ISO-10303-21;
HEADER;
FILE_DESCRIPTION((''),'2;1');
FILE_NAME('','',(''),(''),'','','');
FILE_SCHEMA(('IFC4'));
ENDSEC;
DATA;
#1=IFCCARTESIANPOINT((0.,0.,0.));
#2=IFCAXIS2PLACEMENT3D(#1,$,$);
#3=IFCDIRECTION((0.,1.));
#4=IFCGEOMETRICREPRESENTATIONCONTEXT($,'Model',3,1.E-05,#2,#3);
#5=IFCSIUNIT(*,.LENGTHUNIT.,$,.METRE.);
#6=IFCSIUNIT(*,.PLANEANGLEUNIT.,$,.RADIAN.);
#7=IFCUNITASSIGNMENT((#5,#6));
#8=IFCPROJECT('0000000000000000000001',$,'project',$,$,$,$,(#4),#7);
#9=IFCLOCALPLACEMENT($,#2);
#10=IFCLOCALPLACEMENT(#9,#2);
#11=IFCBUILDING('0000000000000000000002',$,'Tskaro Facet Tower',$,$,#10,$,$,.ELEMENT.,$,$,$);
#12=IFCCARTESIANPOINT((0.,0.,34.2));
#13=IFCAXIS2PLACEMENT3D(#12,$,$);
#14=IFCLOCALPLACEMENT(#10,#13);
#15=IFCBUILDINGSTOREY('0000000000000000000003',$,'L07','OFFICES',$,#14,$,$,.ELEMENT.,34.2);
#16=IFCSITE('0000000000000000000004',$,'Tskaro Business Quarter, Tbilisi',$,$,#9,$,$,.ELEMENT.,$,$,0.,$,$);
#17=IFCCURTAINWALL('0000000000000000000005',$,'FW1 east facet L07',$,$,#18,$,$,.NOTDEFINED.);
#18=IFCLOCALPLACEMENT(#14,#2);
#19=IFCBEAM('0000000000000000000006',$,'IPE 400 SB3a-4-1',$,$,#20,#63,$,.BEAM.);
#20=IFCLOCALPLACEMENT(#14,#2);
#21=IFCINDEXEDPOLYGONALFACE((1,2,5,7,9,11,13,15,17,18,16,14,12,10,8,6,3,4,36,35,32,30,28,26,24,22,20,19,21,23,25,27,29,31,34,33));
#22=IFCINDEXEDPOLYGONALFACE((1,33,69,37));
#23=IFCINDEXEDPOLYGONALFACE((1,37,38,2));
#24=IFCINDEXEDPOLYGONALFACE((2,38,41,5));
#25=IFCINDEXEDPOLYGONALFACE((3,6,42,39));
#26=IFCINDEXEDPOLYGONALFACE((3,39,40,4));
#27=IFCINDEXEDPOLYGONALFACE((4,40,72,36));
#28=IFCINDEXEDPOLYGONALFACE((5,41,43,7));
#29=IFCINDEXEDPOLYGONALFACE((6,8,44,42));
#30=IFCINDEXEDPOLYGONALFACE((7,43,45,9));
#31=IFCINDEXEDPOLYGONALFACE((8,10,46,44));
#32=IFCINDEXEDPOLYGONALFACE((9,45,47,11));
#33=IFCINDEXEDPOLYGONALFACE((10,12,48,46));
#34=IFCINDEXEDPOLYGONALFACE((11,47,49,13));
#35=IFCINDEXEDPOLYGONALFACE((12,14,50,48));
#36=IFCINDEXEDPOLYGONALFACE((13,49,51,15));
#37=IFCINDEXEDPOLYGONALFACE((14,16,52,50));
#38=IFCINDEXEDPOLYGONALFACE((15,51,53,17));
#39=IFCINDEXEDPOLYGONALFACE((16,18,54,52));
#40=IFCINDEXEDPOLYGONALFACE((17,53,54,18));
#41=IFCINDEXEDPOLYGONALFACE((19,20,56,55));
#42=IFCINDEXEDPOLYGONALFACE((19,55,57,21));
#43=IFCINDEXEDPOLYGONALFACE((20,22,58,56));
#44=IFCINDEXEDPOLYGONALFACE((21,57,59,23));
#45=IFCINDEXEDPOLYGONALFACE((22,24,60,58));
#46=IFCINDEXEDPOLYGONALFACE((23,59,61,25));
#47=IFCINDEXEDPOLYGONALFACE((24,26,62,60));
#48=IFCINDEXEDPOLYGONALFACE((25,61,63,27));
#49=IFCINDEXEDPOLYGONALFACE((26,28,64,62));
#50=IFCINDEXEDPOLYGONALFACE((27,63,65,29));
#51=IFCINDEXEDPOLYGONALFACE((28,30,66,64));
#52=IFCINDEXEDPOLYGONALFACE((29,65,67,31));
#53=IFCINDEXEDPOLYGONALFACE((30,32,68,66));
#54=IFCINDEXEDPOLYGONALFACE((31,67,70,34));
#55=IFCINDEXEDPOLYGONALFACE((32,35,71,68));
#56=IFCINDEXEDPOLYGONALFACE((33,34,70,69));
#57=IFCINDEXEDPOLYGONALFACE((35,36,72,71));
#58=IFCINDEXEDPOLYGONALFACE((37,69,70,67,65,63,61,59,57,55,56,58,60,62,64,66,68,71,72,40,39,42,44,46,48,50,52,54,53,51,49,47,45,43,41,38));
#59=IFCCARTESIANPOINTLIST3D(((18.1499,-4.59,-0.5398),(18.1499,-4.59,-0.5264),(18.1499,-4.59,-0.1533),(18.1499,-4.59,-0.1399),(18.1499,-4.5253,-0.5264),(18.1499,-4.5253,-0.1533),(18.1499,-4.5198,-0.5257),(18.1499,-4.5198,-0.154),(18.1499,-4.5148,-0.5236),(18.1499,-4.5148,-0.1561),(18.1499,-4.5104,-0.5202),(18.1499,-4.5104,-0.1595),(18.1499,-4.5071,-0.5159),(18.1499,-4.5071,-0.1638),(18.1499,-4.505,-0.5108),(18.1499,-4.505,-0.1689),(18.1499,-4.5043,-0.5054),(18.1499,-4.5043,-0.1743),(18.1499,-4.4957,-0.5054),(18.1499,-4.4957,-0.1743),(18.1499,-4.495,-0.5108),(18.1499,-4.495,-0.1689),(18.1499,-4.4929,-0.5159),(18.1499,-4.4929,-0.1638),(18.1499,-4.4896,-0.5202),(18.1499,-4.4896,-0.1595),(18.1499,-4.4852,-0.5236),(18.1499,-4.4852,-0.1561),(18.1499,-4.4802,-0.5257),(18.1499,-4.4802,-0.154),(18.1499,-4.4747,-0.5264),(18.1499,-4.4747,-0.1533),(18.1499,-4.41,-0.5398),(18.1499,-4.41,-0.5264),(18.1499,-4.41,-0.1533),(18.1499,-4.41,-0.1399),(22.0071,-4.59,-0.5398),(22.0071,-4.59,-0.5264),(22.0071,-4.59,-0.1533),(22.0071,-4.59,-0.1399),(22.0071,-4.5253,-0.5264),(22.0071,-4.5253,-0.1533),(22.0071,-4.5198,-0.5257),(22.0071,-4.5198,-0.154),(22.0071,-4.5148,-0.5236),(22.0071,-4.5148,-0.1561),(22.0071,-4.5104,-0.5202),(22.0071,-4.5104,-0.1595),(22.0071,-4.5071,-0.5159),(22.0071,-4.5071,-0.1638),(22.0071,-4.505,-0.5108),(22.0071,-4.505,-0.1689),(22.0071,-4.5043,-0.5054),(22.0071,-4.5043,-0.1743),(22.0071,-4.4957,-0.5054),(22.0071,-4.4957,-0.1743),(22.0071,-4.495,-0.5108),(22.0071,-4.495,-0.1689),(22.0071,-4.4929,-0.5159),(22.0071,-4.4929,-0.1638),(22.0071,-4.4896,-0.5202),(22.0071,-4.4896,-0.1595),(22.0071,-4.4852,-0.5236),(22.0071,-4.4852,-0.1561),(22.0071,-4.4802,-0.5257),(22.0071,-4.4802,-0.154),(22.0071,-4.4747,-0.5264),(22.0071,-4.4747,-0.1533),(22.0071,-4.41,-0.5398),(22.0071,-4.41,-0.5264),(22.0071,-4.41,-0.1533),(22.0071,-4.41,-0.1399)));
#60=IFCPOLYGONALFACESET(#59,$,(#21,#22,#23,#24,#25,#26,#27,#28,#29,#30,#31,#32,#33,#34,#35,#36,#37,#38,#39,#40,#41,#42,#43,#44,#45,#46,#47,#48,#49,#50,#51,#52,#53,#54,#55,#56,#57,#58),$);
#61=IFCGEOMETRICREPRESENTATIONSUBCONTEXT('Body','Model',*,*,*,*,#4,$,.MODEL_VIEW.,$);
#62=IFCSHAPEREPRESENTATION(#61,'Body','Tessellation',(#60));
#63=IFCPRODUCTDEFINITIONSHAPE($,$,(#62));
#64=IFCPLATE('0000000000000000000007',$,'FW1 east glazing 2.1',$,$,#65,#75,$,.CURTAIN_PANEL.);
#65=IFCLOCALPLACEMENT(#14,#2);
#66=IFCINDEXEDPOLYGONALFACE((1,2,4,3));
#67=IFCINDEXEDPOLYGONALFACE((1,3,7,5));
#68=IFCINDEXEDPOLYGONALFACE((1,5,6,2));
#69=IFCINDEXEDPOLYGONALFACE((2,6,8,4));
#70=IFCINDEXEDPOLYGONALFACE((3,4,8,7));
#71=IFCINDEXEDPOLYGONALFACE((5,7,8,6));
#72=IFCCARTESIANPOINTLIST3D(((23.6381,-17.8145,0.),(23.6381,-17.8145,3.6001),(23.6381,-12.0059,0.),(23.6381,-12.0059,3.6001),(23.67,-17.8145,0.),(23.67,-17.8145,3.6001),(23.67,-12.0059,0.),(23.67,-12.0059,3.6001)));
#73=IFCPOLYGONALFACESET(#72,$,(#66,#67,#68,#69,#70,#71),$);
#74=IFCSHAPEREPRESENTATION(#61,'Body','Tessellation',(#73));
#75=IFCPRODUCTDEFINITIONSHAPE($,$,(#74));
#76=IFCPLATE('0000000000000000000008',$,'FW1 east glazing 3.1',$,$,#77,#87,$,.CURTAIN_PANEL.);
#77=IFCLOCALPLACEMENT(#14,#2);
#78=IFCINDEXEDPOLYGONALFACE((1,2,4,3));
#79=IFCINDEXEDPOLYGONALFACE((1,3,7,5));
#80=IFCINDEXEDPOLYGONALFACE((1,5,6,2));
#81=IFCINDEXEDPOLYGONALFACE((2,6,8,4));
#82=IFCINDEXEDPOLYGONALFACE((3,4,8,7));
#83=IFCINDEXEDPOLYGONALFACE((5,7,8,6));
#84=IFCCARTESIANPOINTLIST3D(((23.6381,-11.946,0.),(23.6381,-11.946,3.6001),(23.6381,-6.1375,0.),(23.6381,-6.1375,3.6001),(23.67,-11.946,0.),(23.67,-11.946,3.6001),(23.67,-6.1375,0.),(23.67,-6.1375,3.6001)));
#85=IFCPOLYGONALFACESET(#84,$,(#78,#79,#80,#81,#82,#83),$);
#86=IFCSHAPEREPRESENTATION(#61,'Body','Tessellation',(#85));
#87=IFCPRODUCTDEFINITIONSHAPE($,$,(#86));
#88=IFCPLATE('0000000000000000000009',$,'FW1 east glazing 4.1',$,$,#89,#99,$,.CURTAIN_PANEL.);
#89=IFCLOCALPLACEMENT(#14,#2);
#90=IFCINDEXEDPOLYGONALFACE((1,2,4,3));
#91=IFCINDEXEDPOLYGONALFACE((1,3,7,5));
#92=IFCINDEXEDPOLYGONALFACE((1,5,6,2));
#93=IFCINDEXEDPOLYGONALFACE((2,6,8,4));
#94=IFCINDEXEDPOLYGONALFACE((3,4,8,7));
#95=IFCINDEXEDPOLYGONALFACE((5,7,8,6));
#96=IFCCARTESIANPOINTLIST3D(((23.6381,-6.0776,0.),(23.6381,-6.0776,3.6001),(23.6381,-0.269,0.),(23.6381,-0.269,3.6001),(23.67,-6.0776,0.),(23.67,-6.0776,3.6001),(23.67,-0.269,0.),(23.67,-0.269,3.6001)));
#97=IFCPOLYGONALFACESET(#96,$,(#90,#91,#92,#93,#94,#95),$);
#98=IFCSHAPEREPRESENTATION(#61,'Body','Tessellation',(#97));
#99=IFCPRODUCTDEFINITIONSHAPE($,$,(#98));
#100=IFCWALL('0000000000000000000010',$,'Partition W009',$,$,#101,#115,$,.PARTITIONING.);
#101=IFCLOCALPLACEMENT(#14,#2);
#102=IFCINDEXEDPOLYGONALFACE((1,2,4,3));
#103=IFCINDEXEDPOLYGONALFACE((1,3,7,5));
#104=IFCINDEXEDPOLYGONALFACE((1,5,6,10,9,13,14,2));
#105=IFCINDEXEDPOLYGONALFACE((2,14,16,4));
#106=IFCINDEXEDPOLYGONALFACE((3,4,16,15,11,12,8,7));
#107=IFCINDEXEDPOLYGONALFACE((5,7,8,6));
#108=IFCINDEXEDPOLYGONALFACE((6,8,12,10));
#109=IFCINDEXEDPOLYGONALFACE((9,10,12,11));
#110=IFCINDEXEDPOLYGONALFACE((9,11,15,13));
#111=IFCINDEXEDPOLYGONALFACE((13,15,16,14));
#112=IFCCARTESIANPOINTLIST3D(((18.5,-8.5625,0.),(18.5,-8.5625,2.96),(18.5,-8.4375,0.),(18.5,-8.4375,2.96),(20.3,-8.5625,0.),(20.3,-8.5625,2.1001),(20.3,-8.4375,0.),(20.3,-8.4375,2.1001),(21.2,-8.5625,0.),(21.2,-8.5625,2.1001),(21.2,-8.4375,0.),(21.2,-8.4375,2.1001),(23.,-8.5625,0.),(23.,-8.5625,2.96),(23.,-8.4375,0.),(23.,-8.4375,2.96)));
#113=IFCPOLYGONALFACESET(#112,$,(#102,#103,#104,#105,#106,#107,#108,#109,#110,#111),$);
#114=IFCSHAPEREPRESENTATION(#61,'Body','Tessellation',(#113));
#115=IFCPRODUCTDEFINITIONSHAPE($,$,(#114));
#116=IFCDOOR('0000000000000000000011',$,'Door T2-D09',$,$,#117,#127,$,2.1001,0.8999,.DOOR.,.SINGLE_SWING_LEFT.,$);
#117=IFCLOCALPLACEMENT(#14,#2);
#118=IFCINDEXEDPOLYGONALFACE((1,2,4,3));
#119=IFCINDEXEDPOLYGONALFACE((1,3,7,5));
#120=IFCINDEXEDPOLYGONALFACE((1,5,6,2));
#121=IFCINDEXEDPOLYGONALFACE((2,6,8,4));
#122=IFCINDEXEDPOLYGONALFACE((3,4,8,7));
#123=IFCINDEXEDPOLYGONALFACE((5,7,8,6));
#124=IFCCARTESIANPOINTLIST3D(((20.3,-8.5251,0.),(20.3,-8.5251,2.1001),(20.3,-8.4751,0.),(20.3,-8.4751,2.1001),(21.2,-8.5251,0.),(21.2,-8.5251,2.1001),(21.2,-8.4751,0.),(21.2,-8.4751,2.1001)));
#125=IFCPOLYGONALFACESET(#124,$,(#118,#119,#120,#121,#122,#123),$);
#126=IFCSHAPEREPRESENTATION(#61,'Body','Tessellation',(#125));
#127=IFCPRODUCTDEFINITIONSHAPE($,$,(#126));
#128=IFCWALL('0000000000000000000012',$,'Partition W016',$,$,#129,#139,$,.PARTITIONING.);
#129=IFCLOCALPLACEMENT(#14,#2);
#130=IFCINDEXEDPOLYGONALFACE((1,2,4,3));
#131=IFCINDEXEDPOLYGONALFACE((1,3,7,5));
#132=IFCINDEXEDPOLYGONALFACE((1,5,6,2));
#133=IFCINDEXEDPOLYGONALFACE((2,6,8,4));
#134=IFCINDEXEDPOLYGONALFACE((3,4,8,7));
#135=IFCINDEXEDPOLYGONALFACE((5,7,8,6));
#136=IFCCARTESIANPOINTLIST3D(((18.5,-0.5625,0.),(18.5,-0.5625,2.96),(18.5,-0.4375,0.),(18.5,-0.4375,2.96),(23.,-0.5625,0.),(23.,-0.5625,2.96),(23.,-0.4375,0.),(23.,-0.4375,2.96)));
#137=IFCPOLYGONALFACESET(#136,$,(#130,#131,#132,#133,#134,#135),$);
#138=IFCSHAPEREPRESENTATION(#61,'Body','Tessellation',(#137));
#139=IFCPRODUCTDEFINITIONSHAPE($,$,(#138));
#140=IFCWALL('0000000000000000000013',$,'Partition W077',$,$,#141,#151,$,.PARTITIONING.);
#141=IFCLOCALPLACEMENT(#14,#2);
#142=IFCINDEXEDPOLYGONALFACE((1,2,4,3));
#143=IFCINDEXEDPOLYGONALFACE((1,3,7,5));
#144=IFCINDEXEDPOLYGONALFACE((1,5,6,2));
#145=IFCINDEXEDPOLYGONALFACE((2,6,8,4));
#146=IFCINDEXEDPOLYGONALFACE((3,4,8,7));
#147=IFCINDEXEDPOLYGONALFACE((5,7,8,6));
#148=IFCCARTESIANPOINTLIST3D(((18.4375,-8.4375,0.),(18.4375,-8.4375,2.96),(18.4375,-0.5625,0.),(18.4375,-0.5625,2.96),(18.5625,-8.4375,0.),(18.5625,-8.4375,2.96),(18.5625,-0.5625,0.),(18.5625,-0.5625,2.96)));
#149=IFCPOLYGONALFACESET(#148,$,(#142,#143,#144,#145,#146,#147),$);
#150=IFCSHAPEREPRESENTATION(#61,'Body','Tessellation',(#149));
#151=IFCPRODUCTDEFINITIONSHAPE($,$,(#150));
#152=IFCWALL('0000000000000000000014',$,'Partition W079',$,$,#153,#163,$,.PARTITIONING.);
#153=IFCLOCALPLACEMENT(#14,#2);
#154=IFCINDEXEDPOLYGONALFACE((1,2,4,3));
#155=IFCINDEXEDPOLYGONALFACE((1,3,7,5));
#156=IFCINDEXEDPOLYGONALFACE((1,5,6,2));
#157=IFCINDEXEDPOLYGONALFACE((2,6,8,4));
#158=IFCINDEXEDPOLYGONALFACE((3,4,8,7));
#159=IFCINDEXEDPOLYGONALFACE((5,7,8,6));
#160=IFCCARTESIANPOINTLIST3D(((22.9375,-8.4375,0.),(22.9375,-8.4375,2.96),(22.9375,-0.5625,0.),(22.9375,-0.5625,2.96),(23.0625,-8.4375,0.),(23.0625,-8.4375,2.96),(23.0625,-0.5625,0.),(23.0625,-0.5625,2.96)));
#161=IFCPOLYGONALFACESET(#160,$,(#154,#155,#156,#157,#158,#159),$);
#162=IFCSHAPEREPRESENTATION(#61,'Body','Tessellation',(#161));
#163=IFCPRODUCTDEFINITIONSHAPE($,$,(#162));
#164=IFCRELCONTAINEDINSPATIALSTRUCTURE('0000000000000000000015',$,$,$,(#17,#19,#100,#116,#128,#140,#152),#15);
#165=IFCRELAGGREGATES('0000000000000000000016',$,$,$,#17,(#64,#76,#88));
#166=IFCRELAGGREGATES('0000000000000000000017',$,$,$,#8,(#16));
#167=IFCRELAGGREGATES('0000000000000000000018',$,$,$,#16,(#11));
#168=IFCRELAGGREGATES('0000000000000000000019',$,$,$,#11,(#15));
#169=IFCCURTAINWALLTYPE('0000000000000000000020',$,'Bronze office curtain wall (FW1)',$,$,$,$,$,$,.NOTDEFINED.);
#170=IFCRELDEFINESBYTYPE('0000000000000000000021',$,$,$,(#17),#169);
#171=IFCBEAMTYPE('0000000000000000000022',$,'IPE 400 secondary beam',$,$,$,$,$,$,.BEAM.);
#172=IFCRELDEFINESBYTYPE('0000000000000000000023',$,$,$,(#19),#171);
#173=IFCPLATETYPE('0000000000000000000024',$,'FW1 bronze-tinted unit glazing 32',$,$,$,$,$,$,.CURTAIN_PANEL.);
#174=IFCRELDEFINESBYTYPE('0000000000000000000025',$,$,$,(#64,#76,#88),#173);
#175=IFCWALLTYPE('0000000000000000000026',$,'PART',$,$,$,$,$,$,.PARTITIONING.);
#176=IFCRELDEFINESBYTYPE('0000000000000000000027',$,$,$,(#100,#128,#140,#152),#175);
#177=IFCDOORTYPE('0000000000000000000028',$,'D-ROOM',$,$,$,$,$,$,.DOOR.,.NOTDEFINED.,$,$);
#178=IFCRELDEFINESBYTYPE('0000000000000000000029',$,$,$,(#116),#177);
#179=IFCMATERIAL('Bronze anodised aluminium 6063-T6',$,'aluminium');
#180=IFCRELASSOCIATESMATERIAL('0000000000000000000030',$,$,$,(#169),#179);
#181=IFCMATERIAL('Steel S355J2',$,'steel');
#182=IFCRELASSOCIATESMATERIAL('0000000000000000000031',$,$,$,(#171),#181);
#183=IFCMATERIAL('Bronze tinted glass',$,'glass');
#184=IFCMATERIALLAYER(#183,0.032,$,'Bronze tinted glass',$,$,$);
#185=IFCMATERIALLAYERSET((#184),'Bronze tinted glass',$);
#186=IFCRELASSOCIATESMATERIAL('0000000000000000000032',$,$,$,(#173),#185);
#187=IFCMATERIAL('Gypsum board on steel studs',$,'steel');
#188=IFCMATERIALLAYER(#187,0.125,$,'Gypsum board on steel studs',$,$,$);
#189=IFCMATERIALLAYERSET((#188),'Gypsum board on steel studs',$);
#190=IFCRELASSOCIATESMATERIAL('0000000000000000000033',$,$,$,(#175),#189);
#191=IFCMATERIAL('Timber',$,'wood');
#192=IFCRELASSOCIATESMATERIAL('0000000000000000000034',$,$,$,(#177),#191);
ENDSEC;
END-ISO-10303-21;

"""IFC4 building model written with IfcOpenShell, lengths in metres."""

from ifc_helpers import new_model, si_unit, direction, frame, frame_2d, origin, origin_2d, place, context, subcontext, project, spatial, rectangle, i_section, extrude, material, layer, layer_set, material_profile, profile_set, type_object, element, fill, aggregate, save


model = new_model("IFC4")

# Units and contexts
model_context = context("Model", 3, precision=1e-05, world=origin(), true_north=direction((0.0, 1.0)))
body_context = subcontext(model_context, "Body", "Model", "MODEL_VIEW")
ifc_project = project(units=[si_unit("LENGTHUNIT", "METRE"), si_unit("PLANEANGLEUNIT", "RADIAN")], contexts=[model_context])

# Site, building, storey
site_placement = place(None, origin())
site = spatial("IfcSite", under=ifc_project, at=site_placement, Name="Tskaro Business Quarter, Tbilisi", CompositionType="ELEMENT", RefElevation=0.0)
building_placement = place(site_placement, origin())
building = spatial("IfcBuilding", under=site, at=building_placement, Name="Tskaro Facet Tower", CompositionType="ELEMENT")
storey_placement = place(building_placement, frame((0.0, 0.0, 34.2)))
storey = spatial("IfcBuildingStorey", under=building, at=storey_placement, Name="L07", Description="OFFICES", CompositionType="ELEMENT", Elevation=34.2)

# Curtain wall
ifc_material_1 = material(Name="Bronze anodised aluminium 6063-T6", Category="aluminium")
curtain_wall_type = type_object("IfcCurtainWallType", Name="Bronze office curtain wall (FW1)", PredefinedType="NOTDEFINED", material=ifc_material_1)
curtain_wall_placement = place(storey_placement, origin())
curtain_wall = element("IfcCurtainWall", 1, at=curtain_wall_placement, inside=storey, type_object=curtain_wall_type, Name="FW1 east facet L07", PredefinedType="NOTDEFINED")

# Beam
ifc_material_2 = material(Name="Steel S355J2", Category="steel")
ifc_material_profile_1 = material_profile(ifc_material_2, i_section(OverallWidth=0.1799, OverallDepth=0.3999, WebThickness=0.0085, FlangeThickness=0.0134, FilletRadius=0.021, at=origin_2d()), Name="IPE 400")
ifc_profile_set_1 = profile_set([ifc_material_profile_1], Name="Steel S355J2")
beam_type_1 = type_object("IfcBeamType", Name="IPE 400 secondary beam", PredefinedType="BEAM", material=ifc_profile_set_1)
for number, where, z_axis, x_axis, name in (
    (2, (18.1499, -4.5, -0.3398), (1.0, 0.0, 0.0), (0.0, 1.0, 0.0), "IPE 400 SB3a-4-1"),
):
    element("IfcBeam", number, at=place(storey_placement, frame(where, z_axis=z_axis, x_axis=x_axis)), inside=storey, type_object=beam_type_1, Name=name, PredefinedType="BEAM", context=body_context, shape_type="SweptSolid", body=[
        extrude(i_section(OverallWidth=0.1799, OverallDepth=0.3999, WebThickness=0.0085, FlangeThickness=0.0134, FilletRadius=0.021, at=origin_2d()), origin(), (0.0, 0.0, 1.0), 3.8572),
    ])

# Plates
ifc_material_3 = material(Name="Bronze tinted glass", Category="glass")
ifc_layer_1 = layer(ifc_material_3, 0.032, Name="Bronze tinted glass")
ifc_layer_set_1 = layer_set([ifc_layer_1], Name="Bronze tinted glass")
plate_type = type_object("IfcPlateType", Name="FW1 bronze-tinted unit glazing 32", PredefinedType="CURTAIN_PANEL", material=ifc_layer_set_1)
plate_1_placement = place(storey_placement, frame((23.6541, -14.9102, 0.0), z_axis=(0.0, 0.0, 1.0), x_axis=(0.0, 1.0, 0.0)))
plate_1 = element("IfcPlate", 3, at=plate_1_placement, type_object=plate_type, Name="FW1 east glazing 2.1", PredefinedType="CURTAIN_PANEL", context=body_context, shape_type="SweptSolid", body=[
    extrude(rectangle(XDim=5.8086, YDim=0.032, at=origin_2d()), origin(), (0.0, 0.0, 1.0), 3.6001),
])
plate_2_placement = place(storey_placement, frame((23.6541, -9.0417, 0.0), z_axis=(0.0, 0.0, 1.0), x_axis=(0.0, 1.0, 0.0)))
plate_2 = element("IfcPlate", 4, at=plate_2_placement, type_object=plate_type, Name="FW1 east glazing 3.1", PredefinedType="CURTAIN_PANEL", context=body_context, shape_type="SweptSolid", body=[
    extrude(rectangle(XDim=5.8086, YDim=0.032, at=origin_2d()), origin(), (0.0, 0.0, 1.0), 3.6001),
])
plate_3_placement = place(storey_placement, frame((23.6541, -3.1733, 0.0), z_axis=(0.0, 0.0, 1.0), x_axis=(0.0, 1.0, 0.0)))
plate_3 = element("IfcPlate", 5, at=plate_3_placement, type_object=plate_type, Name="FW1 east glazing 4.1", PredefinedType="CURTAIN_PANEL", context=body_context, shape_type="SweptSolid", body=[
    extrude(rectangle(XDim=5.8086, YDim=0.032, at=origin_2d()), origin(), (0.0, 0.0, 1.0), 3.6001),
])
aggregate(curtain_wall, [plate_1, plate_2, plate_3])

# Wall, opening, door
ifc_material_4 = material(Name="Gypsum board on steel studs", Category="steel")
ifc_layer_2 = layer(ifc_material_4, 0.125, Name="Gypsum board on steel studs")
ifc_layer_set_2 = layer_set([ifc_layer_2], Name="Gypsum board on steel studs")
wall_type_1 = type_object("IfcWallType", Name="PART", PredefinedType="PARTITIONING", material=ifc_layer_set_2)
wall_1_placement = place(storey_placement, frame((18.5, -8.5, 0.0), z_axis=(0.0, 0.0, 1.0), x_axis=(1.0, 0.0, 0.0)))
wall_1 = element("IfcWall", 6, at=wall_1_placement, inside=storey, type_object=wall_type_1, Name="Partition W009", PredefinedType="PARTITIONING", context=body_context, shape_type="SweptSolid", body=[
    extrude(rectangle(XDim=4.5, YDim=0.125, at=frame_2d((2.25, 0.0))), origin(), (0.0, 0.0, 1.0), 2.96),
])
opening_1_placement = place(wall_1_placement, frame((1.8, 0.0, 0.0)))
opening_1 = element("IfcOpeningElement", 7, at=opening_1_placement, cuts=wall_1, PredefinedType="OPENING", context=body_context, shape_type="SweptSolid", body=[
    extrude(rectangle(XDim=0.8999, YDim=2.1001, at=frame_2d((0.45, 1.05))), frame((0.0, 0.0725, 0.0), z_axis=(0.0, -1.0, 0.0), x_axis=(1.0, 0.0, 0.0)), (0.0, 0.0, 1.0), 0.145),
])
ifc_material_5 = material(Name="Timber", Category="wood")
door_type_1 = type_object("IfcDoorType", Name="D-ROOM", OperationType="NOTDEFINED", PredefinedType="DOOR", material=ifc_material_5)
door_1_placement = place(opening_1_placement, origin())
door_1 = element("IfcDoor", 8, at=door_1_placement, inside=storey, type_object=door_type_1, Name="Door T2-D09", OperationType="SINGLE_SWING_LEFT", OverallHeight=2.1001, OverallWidth=0.8999, PredefinedType="DOOR", context=body_context, shape_type="SweptSolid", body=[
    extrude(rectangle(XDim=0.8999, YDim=2.1001, at=frame_2d((0.45, 1.05))), frame((0.0, 0.0249, 0.0), z_axis=(0.0, -1.0, 0.0), x_axis=(1.0, 0.0, 0.0)), (0.0, 0.0, 1.0), 0.05),
])
fill(opening_1, door_1)

# Walls
wall_2_placement = place(storey_placement, frame((18.5, -0.5, 0.0), z_axis=(0.0, 0.0, 1.0), x_axis=(1.0, 0.0, 0.0)))
element("IfcWall", 9, at=wall_2_placement, inside=storey, type_object=wall_type_1, Name="Partition W016", PredefinedType="PARTITIONING", context=body_context, shape_type="SweptSolid", body=[
    extrude(rectangle(XDim=4.5, YDim=0.125, at=frame_2d((2.25, 0.0))), origin(), (0.0, 0.0, 1.0), 2.96),
])
for number, where, z_axis, x_axis, name in (
    (10, (18.5, -8.4375, 0.0), (0.0, 0.0, 1.0), (0.0, 1.0, 0.0), "Partition W077"),
    (11, (23.0, -8.4375, 0.0), (0.0, 0.0, 1.0), (0.0, 1.0, 0.0), "Partition W079"),
):
    element("IfcWall", number, at=place(storey_placement, frame(where, z_axis=z_axis, x_axis=x_axis)), inside=storey, type_object=wall_type_1, Name=name, PredefinedType="PARTITIONING", context=body_context, shape_type="SweptSolid", body=[
        extrude(rectangle(XDim=7.875, YDim=0.125, at=frame_2d((3.9375, 0.0))), origin(), (0.0, 0.0, 1.0), 2.96),
    ])

save(model, "model.ifc")
